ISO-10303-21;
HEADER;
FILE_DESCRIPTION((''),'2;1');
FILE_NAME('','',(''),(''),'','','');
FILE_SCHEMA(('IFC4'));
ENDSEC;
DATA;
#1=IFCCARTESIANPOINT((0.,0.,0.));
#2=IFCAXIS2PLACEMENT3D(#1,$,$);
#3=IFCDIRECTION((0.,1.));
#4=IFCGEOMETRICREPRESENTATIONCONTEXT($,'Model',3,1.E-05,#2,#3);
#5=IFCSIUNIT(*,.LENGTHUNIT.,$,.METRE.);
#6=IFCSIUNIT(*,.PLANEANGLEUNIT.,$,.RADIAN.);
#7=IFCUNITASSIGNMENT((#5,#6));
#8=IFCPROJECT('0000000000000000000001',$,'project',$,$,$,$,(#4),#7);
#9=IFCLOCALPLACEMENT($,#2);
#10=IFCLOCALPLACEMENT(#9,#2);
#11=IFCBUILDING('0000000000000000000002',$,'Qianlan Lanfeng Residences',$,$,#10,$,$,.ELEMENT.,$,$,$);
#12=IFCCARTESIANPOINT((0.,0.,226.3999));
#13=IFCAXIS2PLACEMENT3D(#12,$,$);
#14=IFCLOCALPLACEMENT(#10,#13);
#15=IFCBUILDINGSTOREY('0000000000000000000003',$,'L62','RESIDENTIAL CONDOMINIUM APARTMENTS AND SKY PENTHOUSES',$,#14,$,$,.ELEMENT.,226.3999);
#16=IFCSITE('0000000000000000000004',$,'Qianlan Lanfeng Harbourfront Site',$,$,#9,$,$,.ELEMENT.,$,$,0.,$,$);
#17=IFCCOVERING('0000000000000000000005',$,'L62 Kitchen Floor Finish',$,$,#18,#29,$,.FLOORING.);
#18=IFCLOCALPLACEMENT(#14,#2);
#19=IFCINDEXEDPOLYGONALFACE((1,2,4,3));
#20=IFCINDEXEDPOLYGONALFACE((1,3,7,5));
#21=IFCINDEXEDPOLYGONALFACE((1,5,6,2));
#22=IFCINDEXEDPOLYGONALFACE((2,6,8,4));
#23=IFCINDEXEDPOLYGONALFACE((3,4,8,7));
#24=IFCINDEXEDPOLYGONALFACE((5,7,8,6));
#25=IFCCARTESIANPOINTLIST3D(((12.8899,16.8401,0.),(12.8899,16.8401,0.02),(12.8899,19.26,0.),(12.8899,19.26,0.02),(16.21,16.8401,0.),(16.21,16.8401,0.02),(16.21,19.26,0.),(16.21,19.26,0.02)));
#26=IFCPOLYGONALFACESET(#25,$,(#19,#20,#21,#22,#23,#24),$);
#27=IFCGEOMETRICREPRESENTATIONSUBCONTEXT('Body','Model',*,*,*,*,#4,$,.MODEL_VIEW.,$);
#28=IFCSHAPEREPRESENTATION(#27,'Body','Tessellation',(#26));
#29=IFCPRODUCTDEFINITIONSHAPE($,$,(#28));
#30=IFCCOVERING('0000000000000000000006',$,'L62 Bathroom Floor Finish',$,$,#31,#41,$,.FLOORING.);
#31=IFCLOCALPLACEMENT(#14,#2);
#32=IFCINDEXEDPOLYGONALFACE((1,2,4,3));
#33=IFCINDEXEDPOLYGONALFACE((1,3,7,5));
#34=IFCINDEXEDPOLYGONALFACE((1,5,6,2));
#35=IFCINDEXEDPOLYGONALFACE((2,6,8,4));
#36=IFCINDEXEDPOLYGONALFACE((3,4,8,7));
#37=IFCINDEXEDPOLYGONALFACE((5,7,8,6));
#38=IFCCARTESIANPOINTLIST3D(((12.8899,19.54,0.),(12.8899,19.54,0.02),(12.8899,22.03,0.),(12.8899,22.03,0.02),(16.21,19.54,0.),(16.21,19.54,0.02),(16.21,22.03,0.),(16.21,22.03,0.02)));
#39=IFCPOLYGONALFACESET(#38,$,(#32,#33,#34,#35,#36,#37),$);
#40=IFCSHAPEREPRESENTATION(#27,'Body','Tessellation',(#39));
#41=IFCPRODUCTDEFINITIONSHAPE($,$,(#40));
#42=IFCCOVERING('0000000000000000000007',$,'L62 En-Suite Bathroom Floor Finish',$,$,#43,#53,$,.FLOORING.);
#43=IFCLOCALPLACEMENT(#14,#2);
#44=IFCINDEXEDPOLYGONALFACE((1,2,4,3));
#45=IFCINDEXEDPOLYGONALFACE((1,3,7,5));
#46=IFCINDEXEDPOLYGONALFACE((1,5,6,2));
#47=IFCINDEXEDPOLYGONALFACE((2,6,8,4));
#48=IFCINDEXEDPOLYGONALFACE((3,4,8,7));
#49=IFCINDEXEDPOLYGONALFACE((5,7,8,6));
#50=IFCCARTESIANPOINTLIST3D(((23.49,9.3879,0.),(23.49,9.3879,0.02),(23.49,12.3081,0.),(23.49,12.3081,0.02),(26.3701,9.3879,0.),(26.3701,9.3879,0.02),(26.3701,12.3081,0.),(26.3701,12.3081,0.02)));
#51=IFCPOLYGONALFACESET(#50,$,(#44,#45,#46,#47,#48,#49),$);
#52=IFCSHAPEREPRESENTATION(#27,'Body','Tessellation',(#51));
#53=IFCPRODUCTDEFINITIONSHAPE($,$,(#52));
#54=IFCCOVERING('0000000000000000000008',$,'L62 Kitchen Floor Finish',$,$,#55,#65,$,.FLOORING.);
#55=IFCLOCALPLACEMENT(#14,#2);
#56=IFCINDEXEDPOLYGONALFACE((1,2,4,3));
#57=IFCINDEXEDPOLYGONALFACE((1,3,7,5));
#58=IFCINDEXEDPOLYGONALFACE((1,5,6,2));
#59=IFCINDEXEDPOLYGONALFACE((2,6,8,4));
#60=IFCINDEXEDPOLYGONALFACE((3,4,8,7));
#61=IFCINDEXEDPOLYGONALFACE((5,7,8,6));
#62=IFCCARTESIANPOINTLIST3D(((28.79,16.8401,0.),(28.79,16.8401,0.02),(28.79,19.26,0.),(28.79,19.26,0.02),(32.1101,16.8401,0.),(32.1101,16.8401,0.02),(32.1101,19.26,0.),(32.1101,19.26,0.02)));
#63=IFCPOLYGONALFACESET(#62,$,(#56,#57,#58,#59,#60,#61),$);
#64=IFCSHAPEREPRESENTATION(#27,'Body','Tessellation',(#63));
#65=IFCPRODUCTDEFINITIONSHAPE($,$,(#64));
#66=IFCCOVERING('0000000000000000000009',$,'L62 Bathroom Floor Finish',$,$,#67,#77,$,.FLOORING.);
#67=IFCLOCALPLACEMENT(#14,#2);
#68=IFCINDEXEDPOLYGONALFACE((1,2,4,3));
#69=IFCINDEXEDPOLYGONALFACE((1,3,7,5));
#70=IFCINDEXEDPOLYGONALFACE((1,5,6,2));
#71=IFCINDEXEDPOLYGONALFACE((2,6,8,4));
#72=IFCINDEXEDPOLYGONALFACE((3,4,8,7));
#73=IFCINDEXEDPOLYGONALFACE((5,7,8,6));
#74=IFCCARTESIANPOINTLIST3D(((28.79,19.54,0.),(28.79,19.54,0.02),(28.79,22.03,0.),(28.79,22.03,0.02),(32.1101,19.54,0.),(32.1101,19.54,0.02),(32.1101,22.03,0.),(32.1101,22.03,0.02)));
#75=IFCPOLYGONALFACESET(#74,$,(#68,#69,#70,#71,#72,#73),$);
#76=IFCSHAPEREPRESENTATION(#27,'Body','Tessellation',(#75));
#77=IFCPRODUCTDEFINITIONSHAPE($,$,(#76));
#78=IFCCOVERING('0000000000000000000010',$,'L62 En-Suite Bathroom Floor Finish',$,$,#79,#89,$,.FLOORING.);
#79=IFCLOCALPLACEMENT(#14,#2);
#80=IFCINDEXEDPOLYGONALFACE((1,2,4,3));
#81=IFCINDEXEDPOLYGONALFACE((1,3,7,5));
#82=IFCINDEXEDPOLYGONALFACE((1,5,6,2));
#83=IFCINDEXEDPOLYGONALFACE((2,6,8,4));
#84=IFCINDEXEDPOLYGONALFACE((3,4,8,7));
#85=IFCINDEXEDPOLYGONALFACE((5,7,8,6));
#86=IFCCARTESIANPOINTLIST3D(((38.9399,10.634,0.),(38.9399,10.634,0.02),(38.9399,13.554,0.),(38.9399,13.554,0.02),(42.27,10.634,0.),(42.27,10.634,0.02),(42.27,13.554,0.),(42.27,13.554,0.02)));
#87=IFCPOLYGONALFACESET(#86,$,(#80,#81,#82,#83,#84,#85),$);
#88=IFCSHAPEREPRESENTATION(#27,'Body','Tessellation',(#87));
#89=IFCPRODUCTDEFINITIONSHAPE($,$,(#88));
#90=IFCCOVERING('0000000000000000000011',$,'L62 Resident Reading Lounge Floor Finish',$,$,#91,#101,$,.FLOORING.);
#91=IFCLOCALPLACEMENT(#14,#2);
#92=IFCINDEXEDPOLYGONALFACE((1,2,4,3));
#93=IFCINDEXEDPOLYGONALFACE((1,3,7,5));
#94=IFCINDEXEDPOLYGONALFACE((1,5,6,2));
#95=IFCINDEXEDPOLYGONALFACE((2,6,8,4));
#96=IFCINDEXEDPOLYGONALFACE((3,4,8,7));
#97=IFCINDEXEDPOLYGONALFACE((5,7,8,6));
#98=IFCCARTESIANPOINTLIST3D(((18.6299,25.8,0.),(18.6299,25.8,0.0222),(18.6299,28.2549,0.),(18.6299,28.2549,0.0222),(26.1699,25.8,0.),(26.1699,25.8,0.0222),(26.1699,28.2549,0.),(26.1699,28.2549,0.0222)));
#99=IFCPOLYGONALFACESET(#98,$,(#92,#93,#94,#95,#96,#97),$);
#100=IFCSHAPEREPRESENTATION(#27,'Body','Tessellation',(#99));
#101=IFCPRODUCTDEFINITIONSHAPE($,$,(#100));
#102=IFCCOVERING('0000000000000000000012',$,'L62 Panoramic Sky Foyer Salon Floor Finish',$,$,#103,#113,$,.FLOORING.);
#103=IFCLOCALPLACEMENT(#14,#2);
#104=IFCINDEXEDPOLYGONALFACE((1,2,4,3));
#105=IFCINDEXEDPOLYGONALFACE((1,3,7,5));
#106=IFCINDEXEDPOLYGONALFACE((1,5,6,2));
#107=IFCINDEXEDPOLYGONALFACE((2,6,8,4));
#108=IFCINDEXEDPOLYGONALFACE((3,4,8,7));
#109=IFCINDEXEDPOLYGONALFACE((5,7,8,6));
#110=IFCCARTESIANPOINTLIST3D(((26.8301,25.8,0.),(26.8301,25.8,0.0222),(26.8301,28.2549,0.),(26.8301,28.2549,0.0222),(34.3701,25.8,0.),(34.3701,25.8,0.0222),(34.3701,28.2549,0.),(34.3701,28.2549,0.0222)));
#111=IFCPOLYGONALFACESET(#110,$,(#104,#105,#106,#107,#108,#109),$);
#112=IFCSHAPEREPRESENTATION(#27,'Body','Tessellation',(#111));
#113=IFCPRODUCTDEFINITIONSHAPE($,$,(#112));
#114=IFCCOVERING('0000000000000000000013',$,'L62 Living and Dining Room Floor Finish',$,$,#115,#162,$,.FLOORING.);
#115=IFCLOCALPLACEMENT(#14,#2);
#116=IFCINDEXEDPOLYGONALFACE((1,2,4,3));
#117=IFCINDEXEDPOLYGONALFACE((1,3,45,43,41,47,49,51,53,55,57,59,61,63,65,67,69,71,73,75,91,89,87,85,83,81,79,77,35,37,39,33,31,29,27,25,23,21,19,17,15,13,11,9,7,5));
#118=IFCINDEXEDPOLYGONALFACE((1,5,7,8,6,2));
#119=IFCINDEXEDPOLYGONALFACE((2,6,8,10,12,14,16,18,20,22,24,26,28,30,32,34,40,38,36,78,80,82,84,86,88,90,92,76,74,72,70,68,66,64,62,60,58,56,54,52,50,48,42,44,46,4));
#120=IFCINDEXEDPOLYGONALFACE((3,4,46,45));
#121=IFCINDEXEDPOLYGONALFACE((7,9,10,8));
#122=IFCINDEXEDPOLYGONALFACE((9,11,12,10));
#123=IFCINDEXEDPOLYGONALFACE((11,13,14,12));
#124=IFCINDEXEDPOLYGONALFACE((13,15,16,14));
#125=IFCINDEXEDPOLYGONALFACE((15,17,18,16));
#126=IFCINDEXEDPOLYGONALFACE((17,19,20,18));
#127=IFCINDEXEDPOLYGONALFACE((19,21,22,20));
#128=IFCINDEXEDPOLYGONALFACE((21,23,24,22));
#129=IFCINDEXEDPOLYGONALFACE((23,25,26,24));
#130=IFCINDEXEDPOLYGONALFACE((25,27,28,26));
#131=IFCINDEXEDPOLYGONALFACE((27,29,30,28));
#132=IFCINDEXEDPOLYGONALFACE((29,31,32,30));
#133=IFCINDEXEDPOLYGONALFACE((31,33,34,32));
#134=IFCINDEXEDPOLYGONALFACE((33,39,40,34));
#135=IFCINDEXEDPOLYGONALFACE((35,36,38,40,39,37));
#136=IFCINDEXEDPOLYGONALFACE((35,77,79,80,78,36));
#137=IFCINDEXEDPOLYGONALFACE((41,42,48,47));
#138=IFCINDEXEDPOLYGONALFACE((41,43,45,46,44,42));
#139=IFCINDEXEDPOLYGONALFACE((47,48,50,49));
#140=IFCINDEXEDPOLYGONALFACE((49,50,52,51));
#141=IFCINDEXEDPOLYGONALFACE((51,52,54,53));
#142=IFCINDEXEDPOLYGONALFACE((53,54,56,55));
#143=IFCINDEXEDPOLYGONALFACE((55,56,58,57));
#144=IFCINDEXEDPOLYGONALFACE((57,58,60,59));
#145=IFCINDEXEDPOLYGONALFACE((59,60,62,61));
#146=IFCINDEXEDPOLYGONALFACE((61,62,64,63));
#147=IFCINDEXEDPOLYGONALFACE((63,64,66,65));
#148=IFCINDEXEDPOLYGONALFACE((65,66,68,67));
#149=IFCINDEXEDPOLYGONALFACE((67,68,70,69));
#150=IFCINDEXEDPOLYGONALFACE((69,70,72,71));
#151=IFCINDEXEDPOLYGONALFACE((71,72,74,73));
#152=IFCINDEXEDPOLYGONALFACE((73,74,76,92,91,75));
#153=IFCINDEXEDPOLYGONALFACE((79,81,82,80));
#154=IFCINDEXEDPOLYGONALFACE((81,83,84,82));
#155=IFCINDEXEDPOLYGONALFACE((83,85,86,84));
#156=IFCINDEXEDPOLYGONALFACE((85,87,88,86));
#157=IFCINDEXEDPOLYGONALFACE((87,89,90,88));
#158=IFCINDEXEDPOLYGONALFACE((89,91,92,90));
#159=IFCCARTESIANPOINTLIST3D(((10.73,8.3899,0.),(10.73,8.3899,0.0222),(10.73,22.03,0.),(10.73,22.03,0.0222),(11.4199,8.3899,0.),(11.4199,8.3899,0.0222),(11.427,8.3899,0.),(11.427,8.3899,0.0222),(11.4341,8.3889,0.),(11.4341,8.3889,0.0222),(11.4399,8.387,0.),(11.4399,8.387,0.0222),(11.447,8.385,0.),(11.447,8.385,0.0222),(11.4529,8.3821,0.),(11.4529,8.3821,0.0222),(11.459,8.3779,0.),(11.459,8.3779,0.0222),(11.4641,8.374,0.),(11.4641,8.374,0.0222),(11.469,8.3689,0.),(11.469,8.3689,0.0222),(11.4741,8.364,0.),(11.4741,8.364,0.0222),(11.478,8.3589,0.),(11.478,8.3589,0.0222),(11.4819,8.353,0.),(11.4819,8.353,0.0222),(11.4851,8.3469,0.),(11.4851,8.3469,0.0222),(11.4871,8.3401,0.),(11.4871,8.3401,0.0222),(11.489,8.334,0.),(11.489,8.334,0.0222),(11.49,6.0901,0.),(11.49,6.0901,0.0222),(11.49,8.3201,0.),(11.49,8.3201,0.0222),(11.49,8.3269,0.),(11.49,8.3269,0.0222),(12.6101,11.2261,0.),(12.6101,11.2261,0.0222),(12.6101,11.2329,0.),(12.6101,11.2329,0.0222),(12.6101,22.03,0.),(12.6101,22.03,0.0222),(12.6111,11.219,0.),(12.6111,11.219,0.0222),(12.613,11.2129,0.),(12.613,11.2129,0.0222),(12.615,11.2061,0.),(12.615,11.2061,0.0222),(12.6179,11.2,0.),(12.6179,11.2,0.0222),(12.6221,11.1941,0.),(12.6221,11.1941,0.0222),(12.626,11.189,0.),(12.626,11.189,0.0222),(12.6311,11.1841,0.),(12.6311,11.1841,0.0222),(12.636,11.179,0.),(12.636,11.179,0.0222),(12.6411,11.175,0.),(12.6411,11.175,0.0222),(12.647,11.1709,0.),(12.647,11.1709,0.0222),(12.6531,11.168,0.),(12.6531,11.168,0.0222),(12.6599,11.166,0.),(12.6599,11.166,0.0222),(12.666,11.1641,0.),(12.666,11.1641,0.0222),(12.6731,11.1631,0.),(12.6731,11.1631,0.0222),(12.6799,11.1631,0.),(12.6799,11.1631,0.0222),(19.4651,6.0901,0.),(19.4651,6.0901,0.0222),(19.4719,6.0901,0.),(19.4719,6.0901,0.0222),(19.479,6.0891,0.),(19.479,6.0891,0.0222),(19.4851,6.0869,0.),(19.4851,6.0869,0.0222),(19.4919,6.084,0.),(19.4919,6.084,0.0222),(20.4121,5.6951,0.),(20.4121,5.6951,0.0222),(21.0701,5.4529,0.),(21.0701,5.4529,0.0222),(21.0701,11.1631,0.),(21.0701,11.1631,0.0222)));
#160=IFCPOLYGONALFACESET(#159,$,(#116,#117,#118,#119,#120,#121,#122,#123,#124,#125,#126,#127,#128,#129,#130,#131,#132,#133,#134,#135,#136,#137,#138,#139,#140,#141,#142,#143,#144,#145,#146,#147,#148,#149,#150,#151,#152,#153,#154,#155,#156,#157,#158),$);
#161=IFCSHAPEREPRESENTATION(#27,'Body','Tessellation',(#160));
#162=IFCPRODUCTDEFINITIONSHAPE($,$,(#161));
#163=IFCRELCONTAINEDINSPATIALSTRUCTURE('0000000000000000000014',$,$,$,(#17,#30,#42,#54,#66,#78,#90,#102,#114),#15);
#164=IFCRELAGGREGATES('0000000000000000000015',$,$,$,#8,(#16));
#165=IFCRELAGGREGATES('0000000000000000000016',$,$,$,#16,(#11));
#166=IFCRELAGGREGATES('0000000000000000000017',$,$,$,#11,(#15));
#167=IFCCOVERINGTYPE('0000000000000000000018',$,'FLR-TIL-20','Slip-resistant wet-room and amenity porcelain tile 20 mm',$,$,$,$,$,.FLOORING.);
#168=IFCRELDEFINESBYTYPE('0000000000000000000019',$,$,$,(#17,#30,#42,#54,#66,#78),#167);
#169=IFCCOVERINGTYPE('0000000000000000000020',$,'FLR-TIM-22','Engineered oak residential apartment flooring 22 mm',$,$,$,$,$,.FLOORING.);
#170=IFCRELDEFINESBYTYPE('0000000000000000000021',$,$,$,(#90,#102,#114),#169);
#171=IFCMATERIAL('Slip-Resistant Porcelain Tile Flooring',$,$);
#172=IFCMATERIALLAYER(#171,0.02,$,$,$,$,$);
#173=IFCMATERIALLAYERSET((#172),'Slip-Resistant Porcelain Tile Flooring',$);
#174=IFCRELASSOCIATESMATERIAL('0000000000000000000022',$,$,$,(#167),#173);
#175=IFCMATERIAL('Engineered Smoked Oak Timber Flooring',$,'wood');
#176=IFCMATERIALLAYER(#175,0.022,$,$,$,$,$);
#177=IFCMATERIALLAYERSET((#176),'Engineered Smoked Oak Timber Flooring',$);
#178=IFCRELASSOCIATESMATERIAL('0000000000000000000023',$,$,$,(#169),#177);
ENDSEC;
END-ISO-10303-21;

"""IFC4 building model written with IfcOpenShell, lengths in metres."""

from ifc_helpers import new_model, si_unit, direction, frame, origin, place, context, subcontext, project, spatial, polyline, outline, extrude, material, layer, layer_set, type_object, element, save


model = new_model("IFC4")

# Units and contexts
model_context = context("Model", 3, precision=1e-05, world=origin(), true_north=direction((0.0, 1.0)))
body_context = subcontext(model_context, "Body", "Model", "MODEL_VIEW")
ifc_project = project(units=[si_unit("LENGTHUNIT", "METRE"), si_unit("PLANEANGLEUNIT", "RADIAN")], contexts=[model_context])

# Site, building, storey
site_placement = place(None, origin())
site = spatial("IfcSite", under=ifc_project, at=site_placement, Name="Qianlan Lanfeng Harbourfront Site", CompositionType="ELEMENT", RefElevation=0.0)
building_placement = place(site_placement, origin())
building = spatial("IfcBuilding", under=site, at=building_placement, Name="Qianlan Lanfeng Residences", CompositionType="ELEMENT")
storey_placement = place(building_placement, frame((0.0, 0.0, 226.3999)))
storey = spatial("IfcBuildingStorey", under=building, at=storey_placement, Name="L62", Description="RESIDENTIAL CONDOMINIUM APARTMENTS AND SKY PENTHOUSES", CompositionType="ELEMENT", Elevation=226.3999)

# Coverings
ifc_material_1 = material(Name="Slip-Resistant Porcelain Tile Flooring")
ifc_layer_1 = layer(ifc_material_1, 0.02)
ifc_layer_set_1 = layer_set([ifc_layer_1], Name="Slip-Resistant Porcelain Tile Flooring")
covering_type_1 = type_object("IfcCoveringType", Name="FLR-TIL-20", Description="Slip-resistant wet-room and amenity porcelain tile 20 mm", PredefinedType="FLOORING", material=ifc_layer_set_1)
covering_1_placement = place(storey_placement, origin())
element("IfcCovering", 1, at=covering_1_placement, inside=storey, type_object=covering_type_1, Name="L62 Kitchen Floor Finish", PredefinedType="FLOORING", context=body_context, shape_type="SweptSolid", body=[
    extrude(outline(polyline([(12.8899, 16.8401), (16.21, 16.8401), (16.21, 19.26), (12.8899, 19.26), (12.8899, 16.8401)])), origin(), (0.0, 0.0, 1.0), 0.02),
])
covering_2_placement = place(storey_placement, origin())
element("IfcCovering", 2, at=covering_2_placement, inside=storey, type_object=covering_type_1, Name="L62 Bathroom Floor Finish", PredefinedType="FLOORING", context=body_context, shape_type="SweptSolid", body=[
    extrude(outline(polyline([(12.8899, 19.54), (16.21, 19.54), (16.21, 22.03), (12.8899, 22.03), (12.8899, 19.54)])), origin(), (0.0, 0.0, 1.0), 0.02),
])
covering_3_placement = place(storey_placement, origin())
element("IfcCovering", 3, at=covering_3_placement, inside=storey, type_object=covering_type_1, Name="L62 En-Suite Bathroom Floor Finish", PredefinedType="FLOORING", context=body_context, shape_type="SweptSolid", body=[
    extrude(outline(polyline([(23.49, 9.3879), (26.3701, 9.3879), (26.3701, 12.3081), (23.49, 12.3081), (23.49, 9.3879)])), origin(), (0.0, 0.0, 1.0), 0.02),
])
covering_4_placement = place(storey_placement, origin())
element("IfcCovering", 4, at=covering_4_placement, inside=storey, type_object=covering_type_1, Name="L62 Kitchen Floor Finish", PredefinedType="FLOORING", context=body_context, shape_type="SweptSolid", body=[
    extrude(outline(polyline([(28.79, 16.8401), (32.1101, 16.8401), (32.1101, 19.26), (28.79, 19.26), (28.79, 16.8401)])), origin(), (0.0, 0.0, 1.0), 0.02),
])
covering_5_placement = place(storey_placement, origin())
element("IfcCovering", 5, at=covering_5_placement, inside=storey, type_object=covering_type_1, Name="L62 Bathroom Floor Finish", PredefinedType="FLOORING", context=body_context, shape_type="SweptSolid", body=[
    extrude(outline(polyline([(28.79, 19.54), (32.1101, 19.54), (32.1101, 22.03), (28.79, 22.03), (28.79, 19.54)])), origin(), (0.0, 0.0, 1.0), 0.02),
])
covering_6_placement = place(storey_placement, origin())
element("IfcCovering", 6, at=covering_6_placement, inside=storey, type_object=covering_type_1, Name="L62 En-Suite Bathroom Floor Finish", PredefinedType="FLOORING", context=body_context, shape_type="SweptSolid", body=[
    extrude(outline(polyline([(38.9399, 10.634), (42.27, 10.634), (42.27, 13.554), (38.9399, 13.554), (38.9399, 10.634)])), origin(), (0.0, 0.0, 1.0), 0.02),
])
ifc_material_2 = material(Name="Engineered Smoked Oak Timber Flooring", Category="wood")
ifc_layer_2 = layer(ifc_material_2, 0.022)
ifc_layer_set_2 = layer_set([ifc_layer_2], Name="Engineered Smoked Oak Timber Flooring")
covering_type_2 = type_object("IfcCoveringType", Name="FLR-TIM-22", Description="Engineered oak residential apartment flooring 22 mm", PredefinedType="FLOORING", material=ifc_layer_set_2)
covering_7_placement = place(storey_placement, origin())
element("IfcCovering", 7, at=covering_7_placement, inside=storey, type_object=covering_type_2, Name="L62 Resident Reading Lounge Floor Finish", PredefinedType="FLOORING", context=body_context, shape_type="SweptSolid", body=[
    extrude(outline(polyline([(18.6299, 25.8), (26.1699, 25.8), (26.1699, 28.2549), (18.6299, 28.2549), (18.6299, 25.8)])), origin(), (0.0, 0.0, 1.0), 0.0222),
])
covering_8_placement = place(storey_placement, origin())
element("IfcCovering", 8, at=covering_8_placement, inside=storey, type_object=covering_type_2, Name="L62 Panoramic Sky Foyer Salon Floor Finish", PredefinedType="FLOORING", context=body_context, shape_type="SweptSolid", body=[
    extrude(outline(polyline([(26.8301, 25.8), (34.3701, 25.8), (34.3701, 28.2549), (26.8301, 28.2549), (26.8301, 25.8)])), origin(), (0.0, 0.0, 1.0), 0.0222),
])
covering_9_placement = place(storey_placement, origin())
element("IfcCovering", 9, at=covering_9_placement, inside=storey, type_object=covering_type_2, Name="L62 Living and Dining Room Floor Finish", PredefinedType="FLOORING", context=body_context, shape_type="SweptSolid", body=[
    extrude(outline(polyline([(21.0701, 5.4529), (21.0701, 11.1631), (12.6799, 11.1631), (12.6731, 11.1631), (12.666, 11.1641), (12.6599, 11.166), (12.6531, 11.168), (12.647, 11.1709), (12.6411, 11.175), (12.636, 11.179), (12.6311, 11.1841), (12.626, 11.189), (12.6221, 11.1941), (12.6179, 11.2), (12.615, 11.2061), (12.613, 11.2129), (12.6111, 11.219), (12.6101, 11.2261), (12.6101, 11.2329), (12.6101, 22.03), (10.73, 22.03), (10.73, 8.3899), (11.4199, 8.3899), (11.427, 8.3899), (11.4341, 8.3889), (11.4399, 8.387), (11.447, 8.385), (11.4529, 8.3821), (11.459, 8.3779), (11.4641, 8.374), (11.469, 8.3689), (11.4741, 8.364), (11.478, 8.3589), (11.4819, 8.353), (11.4851, 8.3469), (11.4871, 8.3401), (11.489, 8.334), (11.49, 8.3269), (11.49, 8.3201), (11.49, 6.0901), (19.4651, 6.0901), (19.4719, 6.0901), (19.479, 6.0891), (19.4851, 6.0869), (19.4919, 6.084), (20.4121, 5.6951), (21.0701, 5.4529)])), origin(), (0.0, 0.0, 1.0), 0.0222),
])

save(model, "model.ifc")
